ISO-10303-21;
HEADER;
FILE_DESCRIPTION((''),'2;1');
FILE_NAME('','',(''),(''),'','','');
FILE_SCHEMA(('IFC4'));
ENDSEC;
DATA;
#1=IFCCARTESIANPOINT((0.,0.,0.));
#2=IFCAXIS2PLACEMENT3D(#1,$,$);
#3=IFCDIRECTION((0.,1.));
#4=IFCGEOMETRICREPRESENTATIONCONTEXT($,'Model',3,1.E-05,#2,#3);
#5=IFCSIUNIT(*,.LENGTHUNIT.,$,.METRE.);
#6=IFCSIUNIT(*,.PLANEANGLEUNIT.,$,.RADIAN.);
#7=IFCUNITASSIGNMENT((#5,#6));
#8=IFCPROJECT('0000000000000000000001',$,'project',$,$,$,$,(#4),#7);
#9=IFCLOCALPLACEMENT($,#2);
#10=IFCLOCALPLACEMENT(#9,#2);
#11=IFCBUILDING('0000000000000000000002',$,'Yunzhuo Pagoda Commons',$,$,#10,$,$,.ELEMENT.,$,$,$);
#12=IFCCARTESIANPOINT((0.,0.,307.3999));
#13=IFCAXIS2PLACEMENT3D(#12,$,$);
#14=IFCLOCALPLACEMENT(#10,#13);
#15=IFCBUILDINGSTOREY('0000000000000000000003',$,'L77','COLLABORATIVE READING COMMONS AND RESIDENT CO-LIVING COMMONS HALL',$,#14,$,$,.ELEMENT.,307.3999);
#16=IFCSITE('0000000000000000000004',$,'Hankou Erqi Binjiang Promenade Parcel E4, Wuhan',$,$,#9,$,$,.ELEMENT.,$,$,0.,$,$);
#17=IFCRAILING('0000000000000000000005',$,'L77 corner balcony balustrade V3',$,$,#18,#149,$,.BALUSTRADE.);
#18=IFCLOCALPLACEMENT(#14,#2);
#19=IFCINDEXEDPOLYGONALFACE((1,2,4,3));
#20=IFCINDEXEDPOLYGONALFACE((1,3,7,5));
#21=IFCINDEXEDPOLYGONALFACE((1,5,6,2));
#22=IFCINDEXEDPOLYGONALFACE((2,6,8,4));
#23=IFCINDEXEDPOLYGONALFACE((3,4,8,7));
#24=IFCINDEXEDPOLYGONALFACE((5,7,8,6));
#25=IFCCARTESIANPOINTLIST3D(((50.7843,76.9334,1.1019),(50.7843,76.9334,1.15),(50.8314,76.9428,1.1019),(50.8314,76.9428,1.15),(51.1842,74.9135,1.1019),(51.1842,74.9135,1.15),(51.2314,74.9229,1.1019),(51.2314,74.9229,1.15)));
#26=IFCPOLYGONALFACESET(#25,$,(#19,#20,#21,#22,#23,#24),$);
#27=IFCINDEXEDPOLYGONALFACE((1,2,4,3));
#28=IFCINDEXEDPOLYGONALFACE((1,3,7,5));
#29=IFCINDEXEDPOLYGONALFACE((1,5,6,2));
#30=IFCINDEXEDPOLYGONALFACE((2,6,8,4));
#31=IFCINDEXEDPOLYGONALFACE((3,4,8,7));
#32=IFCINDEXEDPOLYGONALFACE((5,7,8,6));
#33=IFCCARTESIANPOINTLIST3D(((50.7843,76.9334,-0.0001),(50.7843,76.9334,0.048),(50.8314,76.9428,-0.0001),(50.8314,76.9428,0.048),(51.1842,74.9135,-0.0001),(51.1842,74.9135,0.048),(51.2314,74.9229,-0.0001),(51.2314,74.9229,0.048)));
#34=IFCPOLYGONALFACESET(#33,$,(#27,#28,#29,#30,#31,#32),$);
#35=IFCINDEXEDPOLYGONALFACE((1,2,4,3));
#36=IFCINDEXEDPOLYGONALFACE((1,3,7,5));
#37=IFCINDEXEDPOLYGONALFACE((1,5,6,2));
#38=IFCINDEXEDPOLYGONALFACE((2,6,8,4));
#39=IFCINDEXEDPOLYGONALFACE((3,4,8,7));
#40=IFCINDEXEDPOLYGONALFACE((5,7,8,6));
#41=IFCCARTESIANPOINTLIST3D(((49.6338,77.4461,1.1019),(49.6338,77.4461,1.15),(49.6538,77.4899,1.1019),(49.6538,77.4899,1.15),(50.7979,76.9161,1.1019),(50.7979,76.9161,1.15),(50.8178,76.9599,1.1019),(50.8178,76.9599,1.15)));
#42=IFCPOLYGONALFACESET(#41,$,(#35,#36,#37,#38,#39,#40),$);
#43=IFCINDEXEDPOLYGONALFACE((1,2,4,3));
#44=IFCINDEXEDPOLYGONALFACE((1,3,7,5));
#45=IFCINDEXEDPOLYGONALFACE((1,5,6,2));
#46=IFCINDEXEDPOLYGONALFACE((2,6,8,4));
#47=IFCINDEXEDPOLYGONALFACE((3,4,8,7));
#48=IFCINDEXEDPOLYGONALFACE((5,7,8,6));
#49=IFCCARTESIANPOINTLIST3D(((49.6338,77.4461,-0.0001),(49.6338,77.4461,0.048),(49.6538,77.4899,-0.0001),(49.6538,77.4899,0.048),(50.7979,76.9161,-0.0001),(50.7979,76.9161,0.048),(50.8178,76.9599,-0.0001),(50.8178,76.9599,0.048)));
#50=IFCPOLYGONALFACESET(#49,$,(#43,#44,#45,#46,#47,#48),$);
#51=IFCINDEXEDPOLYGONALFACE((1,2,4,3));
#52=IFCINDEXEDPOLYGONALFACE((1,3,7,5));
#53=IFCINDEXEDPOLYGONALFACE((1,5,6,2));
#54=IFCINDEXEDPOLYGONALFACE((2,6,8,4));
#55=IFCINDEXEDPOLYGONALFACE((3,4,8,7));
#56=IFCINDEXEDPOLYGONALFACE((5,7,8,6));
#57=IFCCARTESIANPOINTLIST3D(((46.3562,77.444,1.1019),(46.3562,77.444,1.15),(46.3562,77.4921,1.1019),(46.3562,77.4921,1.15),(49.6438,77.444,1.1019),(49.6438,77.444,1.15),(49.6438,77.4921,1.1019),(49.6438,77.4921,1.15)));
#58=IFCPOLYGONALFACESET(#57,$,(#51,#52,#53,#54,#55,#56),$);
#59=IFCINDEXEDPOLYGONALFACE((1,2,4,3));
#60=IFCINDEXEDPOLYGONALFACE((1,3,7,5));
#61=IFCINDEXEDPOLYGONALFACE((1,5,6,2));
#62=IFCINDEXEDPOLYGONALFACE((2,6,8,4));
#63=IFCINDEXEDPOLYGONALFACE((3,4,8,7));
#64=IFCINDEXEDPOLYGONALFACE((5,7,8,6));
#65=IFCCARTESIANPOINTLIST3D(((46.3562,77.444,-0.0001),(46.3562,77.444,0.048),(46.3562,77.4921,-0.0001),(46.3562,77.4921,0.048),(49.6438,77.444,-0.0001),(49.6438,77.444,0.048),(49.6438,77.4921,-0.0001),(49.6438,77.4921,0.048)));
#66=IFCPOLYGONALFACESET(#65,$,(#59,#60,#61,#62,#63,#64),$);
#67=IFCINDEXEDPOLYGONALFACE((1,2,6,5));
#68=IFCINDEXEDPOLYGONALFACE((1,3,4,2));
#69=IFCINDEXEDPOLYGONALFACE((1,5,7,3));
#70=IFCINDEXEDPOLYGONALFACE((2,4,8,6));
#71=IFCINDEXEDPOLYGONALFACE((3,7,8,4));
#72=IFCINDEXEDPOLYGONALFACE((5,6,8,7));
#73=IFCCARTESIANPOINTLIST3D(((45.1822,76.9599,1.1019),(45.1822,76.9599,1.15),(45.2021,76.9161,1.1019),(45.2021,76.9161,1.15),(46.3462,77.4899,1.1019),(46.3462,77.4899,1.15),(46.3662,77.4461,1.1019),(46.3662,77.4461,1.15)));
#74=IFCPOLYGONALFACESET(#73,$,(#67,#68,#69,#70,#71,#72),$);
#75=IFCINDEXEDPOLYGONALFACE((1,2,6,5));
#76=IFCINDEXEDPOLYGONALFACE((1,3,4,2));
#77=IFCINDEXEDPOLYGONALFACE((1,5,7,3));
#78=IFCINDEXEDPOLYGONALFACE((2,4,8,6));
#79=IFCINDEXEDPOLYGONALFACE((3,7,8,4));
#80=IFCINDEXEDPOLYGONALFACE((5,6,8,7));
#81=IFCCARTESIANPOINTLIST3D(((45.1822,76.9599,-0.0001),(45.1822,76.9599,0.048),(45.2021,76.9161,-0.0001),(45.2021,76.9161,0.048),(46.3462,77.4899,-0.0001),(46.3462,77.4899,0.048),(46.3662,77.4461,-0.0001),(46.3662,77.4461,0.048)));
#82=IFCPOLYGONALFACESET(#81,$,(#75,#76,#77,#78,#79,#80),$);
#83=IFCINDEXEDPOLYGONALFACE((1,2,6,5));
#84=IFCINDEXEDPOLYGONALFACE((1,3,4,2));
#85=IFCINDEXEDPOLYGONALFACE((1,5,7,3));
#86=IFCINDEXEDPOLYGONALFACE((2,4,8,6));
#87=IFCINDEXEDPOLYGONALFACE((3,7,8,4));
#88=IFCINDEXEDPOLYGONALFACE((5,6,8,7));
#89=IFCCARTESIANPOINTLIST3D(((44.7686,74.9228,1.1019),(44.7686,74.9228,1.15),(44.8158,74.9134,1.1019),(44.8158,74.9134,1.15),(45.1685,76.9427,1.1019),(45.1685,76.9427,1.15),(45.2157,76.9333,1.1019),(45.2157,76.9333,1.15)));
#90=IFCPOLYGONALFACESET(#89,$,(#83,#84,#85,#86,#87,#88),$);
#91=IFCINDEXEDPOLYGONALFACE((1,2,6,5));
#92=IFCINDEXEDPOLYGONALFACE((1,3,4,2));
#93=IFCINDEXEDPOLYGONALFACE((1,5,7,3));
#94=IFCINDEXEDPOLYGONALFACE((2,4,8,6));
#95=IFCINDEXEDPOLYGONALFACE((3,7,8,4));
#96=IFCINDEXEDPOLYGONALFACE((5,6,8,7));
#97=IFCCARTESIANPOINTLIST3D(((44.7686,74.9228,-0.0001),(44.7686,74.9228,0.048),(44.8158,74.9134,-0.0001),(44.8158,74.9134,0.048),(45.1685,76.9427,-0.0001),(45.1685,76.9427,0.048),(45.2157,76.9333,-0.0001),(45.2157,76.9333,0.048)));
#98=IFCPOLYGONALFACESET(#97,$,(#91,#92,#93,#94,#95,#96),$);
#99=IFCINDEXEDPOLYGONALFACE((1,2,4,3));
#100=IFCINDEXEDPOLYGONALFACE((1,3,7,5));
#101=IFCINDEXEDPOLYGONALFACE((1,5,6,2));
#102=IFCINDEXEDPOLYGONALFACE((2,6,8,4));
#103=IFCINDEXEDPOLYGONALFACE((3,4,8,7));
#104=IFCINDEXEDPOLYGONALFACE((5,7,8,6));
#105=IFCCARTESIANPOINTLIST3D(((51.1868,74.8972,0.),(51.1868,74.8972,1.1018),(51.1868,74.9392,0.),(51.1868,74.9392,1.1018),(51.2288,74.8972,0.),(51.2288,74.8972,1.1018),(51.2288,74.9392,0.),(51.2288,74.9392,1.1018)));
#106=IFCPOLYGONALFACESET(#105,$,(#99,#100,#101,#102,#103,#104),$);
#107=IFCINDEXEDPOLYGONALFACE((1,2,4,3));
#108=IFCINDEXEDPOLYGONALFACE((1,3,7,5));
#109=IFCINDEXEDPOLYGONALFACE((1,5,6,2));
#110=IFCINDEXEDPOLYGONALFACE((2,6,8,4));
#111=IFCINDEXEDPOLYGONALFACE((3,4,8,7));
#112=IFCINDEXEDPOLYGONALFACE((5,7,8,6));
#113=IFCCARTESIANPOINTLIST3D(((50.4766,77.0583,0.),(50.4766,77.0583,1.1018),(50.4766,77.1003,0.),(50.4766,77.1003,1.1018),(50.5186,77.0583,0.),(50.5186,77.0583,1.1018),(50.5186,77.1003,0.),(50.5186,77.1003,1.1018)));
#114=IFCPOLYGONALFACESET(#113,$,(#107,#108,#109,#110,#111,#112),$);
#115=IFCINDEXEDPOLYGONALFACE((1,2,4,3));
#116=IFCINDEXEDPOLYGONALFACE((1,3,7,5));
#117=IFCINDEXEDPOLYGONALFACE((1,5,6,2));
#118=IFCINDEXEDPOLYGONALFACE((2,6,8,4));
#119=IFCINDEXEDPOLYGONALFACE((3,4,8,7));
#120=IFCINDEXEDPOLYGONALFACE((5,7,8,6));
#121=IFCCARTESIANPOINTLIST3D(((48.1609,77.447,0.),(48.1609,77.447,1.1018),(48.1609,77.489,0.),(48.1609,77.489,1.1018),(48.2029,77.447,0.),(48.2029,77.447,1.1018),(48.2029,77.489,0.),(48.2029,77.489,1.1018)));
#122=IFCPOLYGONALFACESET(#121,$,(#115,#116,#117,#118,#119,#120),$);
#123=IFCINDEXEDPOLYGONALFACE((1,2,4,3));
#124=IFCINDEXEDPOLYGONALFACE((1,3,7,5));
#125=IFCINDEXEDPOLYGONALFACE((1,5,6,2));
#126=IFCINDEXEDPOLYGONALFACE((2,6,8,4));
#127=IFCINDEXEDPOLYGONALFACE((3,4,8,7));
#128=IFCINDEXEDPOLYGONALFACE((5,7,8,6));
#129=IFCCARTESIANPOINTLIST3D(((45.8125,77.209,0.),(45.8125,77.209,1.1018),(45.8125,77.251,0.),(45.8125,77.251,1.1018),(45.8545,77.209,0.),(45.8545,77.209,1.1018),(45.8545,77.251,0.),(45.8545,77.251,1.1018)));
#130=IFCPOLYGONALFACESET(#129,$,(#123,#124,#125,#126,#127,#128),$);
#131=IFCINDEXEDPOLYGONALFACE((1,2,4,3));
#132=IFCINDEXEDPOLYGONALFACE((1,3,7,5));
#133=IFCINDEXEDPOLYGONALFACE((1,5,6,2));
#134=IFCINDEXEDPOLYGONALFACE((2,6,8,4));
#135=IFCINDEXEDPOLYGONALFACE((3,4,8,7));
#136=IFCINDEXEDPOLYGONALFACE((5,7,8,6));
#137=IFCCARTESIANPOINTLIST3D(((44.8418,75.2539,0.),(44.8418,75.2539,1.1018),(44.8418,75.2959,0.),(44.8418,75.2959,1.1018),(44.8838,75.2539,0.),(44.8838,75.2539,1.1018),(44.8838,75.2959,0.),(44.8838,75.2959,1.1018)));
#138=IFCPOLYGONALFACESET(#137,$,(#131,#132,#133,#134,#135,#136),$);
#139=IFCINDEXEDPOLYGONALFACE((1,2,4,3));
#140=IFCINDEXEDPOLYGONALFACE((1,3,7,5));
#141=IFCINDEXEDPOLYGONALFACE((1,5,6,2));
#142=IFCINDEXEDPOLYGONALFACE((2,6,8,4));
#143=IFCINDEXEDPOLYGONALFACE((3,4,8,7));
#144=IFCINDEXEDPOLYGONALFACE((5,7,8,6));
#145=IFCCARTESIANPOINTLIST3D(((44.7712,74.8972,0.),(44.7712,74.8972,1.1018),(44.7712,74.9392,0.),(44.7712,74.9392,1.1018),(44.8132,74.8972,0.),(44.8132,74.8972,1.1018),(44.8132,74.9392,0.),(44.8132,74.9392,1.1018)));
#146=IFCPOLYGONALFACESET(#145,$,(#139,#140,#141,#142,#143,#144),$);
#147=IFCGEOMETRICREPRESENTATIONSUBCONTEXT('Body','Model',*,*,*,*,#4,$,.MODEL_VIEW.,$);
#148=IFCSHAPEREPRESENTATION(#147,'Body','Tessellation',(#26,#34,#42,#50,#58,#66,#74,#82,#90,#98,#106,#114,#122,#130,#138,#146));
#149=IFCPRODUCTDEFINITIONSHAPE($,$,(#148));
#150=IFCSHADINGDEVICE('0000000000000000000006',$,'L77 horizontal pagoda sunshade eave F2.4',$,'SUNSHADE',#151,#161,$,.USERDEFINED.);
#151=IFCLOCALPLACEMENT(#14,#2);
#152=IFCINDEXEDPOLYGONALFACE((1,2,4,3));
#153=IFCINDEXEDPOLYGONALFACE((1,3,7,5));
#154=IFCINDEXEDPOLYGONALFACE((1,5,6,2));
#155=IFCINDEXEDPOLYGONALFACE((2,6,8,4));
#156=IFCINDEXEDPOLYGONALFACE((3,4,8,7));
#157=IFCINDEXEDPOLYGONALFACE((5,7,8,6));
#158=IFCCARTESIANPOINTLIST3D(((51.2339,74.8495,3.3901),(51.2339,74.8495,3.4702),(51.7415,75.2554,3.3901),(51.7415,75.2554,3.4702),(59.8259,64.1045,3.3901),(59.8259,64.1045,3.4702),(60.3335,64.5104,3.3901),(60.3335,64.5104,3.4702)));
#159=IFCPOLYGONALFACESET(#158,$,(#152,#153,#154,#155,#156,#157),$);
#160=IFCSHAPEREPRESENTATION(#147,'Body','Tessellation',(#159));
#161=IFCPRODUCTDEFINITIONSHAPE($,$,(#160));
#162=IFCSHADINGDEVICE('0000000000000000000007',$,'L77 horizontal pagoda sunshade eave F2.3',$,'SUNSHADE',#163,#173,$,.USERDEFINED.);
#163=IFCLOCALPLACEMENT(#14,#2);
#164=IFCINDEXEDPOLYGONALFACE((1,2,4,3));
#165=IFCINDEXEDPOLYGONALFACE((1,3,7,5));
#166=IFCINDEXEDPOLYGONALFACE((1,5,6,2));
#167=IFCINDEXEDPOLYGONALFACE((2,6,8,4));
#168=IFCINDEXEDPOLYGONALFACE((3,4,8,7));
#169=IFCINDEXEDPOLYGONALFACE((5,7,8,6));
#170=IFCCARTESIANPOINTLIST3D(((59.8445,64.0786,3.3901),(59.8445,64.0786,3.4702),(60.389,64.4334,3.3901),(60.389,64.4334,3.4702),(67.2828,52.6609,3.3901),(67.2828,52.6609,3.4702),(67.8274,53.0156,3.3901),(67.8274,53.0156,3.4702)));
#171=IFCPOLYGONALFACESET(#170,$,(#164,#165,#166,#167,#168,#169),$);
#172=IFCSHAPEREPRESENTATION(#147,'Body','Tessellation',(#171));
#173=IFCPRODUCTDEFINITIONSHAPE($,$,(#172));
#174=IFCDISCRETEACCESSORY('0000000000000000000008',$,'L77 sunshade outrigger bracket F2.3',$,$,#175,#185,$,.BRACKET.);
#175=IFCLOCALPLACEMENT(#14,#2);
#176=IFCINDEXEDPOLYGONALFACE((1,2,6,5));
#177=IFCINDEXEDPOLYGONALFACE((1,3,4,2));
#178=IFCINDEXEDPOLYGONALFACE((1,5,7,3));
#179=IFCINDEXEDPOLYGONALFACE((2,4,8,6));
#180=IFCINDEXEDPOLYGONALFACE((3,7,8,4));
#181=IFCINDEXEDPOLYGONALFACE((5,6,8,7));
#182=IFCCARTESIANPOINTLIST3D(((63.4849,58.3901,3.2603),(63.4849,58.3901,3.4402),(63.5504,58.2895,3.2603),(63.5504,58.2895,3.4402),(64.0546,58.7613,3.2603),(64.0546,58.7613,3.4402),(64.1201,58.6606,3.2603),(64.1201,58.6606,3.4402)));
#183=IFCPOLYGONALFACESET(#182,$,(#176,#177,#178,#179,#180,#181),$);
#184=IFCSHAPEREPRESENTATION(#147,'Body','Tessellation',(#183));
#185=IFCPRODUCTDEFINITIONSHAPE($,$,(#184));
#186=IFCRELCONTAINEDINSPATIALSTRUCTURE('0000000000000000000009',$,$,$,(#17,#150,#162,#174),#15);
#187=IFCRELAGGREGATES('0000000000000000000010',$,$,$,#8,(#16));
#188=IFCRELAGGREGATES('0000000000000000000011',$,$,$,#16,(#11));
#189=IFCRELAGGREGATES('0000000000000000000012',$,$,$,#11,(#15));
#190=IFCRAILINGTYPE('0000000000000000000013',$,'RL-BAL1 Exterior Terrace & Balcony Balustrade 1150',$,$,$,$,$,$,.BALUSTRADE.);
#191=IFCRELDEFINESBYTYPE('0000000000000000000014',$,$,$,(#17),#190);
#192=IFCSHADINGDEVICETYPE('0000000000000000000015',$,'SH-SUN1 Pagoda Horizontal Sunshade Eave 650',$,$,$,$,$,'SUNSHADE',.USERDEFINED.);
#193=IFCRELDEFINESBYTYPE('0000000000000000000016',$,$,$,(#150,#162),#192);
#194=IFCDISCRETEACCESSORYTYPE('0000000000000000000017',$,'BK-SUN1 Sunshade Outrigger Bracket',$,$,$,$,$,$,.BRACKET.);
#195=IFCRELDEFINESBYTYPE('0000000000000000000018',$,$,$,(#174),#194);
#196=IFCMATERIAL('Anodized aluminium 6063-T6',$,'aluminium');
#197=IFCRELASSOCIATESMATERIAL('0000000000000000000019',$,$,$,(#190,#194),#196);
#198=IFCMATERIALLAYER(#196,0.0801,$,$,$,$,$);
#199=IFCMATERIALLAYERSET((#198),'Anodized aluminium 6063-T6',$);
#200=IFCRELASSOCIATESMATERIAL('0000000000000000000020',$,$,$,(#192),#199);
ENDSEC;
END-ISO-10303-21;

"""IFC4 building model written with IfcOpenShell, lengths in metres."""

from ifc_helpers import new_model, si_unit, direction, frame, origin, origin_2d, place, context, subcontext, project, spatial, rectangle, extrude, source, transform, mapped, material, layer, layer_set, type_object, element, save


model = new_model("IFC4")

# Units and contexts
model_context = context("Model", 3, precision=1e-05, world=origin(), true_north=direction((0.0, 1.0)))
body_context = subcontext(model_context, "Body", "Model", "MODEL_VIEW")
ifc_project = project(units=[si_unit("LENGTHUNIT", "METRE"), si_unit("PLANEANGLEUNIT", "RADIAN")], contexts=[model_context])

# Site, building, storey
site_placement = place(None, origin())
site = spatial("IfcSite", under=ifc_project, at=site_placement, Name="Hankou Erqi Binjiang Promenade Parcel E4, Wuhan", CompositionType="ELEMENT", RefElevation=0.0)
building_placement = place(site_placement, origin())
building = spatial("IfcBuilding", under=site, at=building_placement, Name="Yunzhuo Pagoda Commons", CompositionType="ELEMENT")
storey_placement = place(building_placement, frame((0.0, 0.0, 307.3999)))
storey = spatial("IfcBuildingStorey", under=building, at=storey_placement, Name="L77", Description="COLLABORATIVE READING COMMONS AND RESIDENT CO-LIVING COMMONS HALL", CompositionType="ELEMENT", Elevation=307.3999)

# Shared definitions
ifc_material_1 = material(Name="Anodized aluminium 6063-T6", Category="aluminium")

# Railing
railing_type = type_object("IfcRailingType", Name="RL-BAL1 Exterior Terrace & Balcony Balustrade 1150", PredefinedType="BALUSTRADE", material=ifc_material_1)
railing_placement = place(storey_placement, frame((51.2078, 74.9182, 0.0)))
element("IfcRailing", 1, at=railing_placement, inside=storey, type_object=railing_type, Name="L77 corner balcony balustrade V3", PredefinedType="BALUSTRADE", context=body_context, shape_type="SweptSolid", body=[
    extrude(rectangle(XDim=0.0481, YDim=0.0481, at=origin_2d()), frame((0.0, 0.0, 1.126), z_axis=(-0.194223, 0.980957, 0.0), x_axis=(-0.980957, -0.194223, 0.0)), (0.0, 0.0, 1.0), 2.0591),
    extrude(rectangle(XDim=0.0481, YDim=0.0481, at=origin_2d()), frame((0.0, 0.0, 0.0239), z_axis=(-0.194223, 0.980957, 0.0), x_axis=(-0.980957, -0.194223, 0.0)), (0.0, 0.0, 1.0), 2.0591),
    extrude(rectangle(XDim=0.0481, YDim=0.0481, at=origin_2d()), frame((-0.3999, 2.0198, 1.126), z_axis=(-0.910098, 0.414392, 0.0), x_axis=(-0.414392, -0.910098, 0.0)), (0.0, 0.0, 1.0), 1.2791),
    extrude(rectangle(XDim=0.0481, YDim=0.0481, at=origin_2d()), frame((-0.3999, 2.0198, 0.0239), z_axis=(-0.910098, 0.414392, 0.0), x_axis=(-0.414392, -0.910098, 0.0)), (0.0, 0.0, 1.0), 1.2791),
    extrude(rectangle(XDim=0.0481, YDim=0.0481, at=origin_2d()), frame((-1.564, 2.5498, 1.126), z_axis=(-1.0, 0.0, 0.0), x_axis=(0.0, -1.0, 0.0)), (0.0, 0.0, 1.0), 3.2876),
    extrude(rectangle(XDim=0.0481, YDim=0.0481, at=origin_2d()), frame((-1.564, 2.5498, 0.0239), z_axis=(-1.0, 0.0, 0.0), x_axis=(0.0, -1.0, 0.0)), (0.0, 0.0, 1.0), 3.2876),
    extrude(rectangle(XDim=0.0481, YDim=0.0481, at=origin_2d()), frame((-4.8516, 2.5498, 1.126), z_axis=(-0.910098, -0.414392, 0.0), x_axis=(0.414392, -0.910098, 0.0)), (0.0, 0.0, 1.0), 1.2791),
    extrude(rectangle(XDim=0.0481, YDim=0.0481, at=origin_2d()), frame((-4.8516, 2.5498, 0.0239), z_axis=(-0.910098, -0.414392, 0.0), x_axis=(0.414392, -0.910098, 0.0)), (0.0, 0.0, 1.0), 1.2791),
    extrude(rectangle(XDim=0.0481, YDim=0.0481, at=origin_2d()), frame((-6.0156, 2.0198, 1.126), z_axis=(-0.194223, -0.980957, 0.0), x_axis=(0.980957, -0.194223, 0.0)), (0.0, 0.0, 1.0), 2.0591),
    extrude(rectangle(XDim=0.0481, YDim=0.0481, at=origin_2d()), frame((-6.0156, 2.0198, 0.0239), z_axis=(-0.194223, -0.980957, 0.0), x_axis=(0.980957, -0.194223, 0.0)), (0.0, 0.0, 1.0), 2.0591),
    extrude(rectangle(XDim=0.042, YDim=0.042, at=origin_2d()), origin(), (0.0, 0.0, 1.0), 1.1018),
    extrude(rectangle(XDim=0.042, YDim=0.042, at=origin_2d()), frame((-0.7102, 2.1611, 0.0)), (0.0, 0.0, 1.0), 1.1018),
    extrude(rectangle(XDim=0.042, YDim=0.042, at=origin_2d()), frame((-3.0259, 2.5498, 0.0)), (0.0, 0.0, 1.0), 1.1018),
    extrude(rectangle(XDim=0.042, YDim=0.042, at=origin_2d()), frame((-5.3743, 2.3118, 0.0)), (0.0, 0.0, 1.0), 1.1018),
    extrude(rectangle(XDim=0.042, YDim=0.042, at=origin_2d()), frame((-6.345, 0.3567, 0.0)), (0.0, 0.0, 1.0), 1.1018),
    extrude(rectangle(XDim=0.042, YDim=0.042, at=origin_2d()), frame((-6.4155, 0.0, 0.0)), (0.0, 0.0, 1.0), 1.1018),
])

# Shading devices
ifc_layer_1 = layer(ifc_material_1, 0.0801)
ifc_layer_set_1 = layer_set([ifc_layer_1], Name="Anodized aluminium 6063-T6")
shading_device_type = type_object("IfcShadingDeviceType", Name="SH-SUN1 Pagoda Horizontal Sunshade Eave 650", ElementType="SUNSHADE", PredefinedType="USERDEFINED", material=ifc_layer_set_1)
shared_shape_1 = source(origin(), body_context, "Body", "SweptSolid", [
    extrude(rectangle(XDim=13.7578, YDim=0.6499, at=origin_2d()), origin(), (0.0, 0.0, 1.0), 0.0801),
])
shading_device_1_placement = place(storey_placement, frame((55.7837, 69.6799, 3.3901), z_axis=(0.0, 0.0, 1.0), x_axis=(-0.62452, 0.781008, 0.0)))
element("IfcShadingDevice", 2, at=shading_device_1_placement, inside=storey, type_object=shading_device_type, Name="L77 horizontal pagoda sunshade eave F2.4", ObjectType="SUNSHADE", PredefinedType="USERDEFINED", context=body_context, shape_type="MappedRepresentation", body=[
    mapped(shared_shape_1, transform((0.0, 0.0, 0.0), scale=1.0)),
])
shared_shape_2 = source(origin(), body_context, "Body", "SweptSolid", [
    extrude(rectangle(XDim=13.627, YDim=0.6499, at=origin_2d()), origin(), (0.0, 0.0, 1.0), 0.0801),
])
shading_device_2_placement = place(storey_placement, frame((63.8359, 58.5471, 3.3901), z_axis=(0.0, 0.0, 1.0), x_axis=(-0.545853, 0.837881, 0.0)))
element("IfcShadingDevice", 3, at=shading_device_2_placement, inside=storey, type_object=shading_device_type, Name="L77 horizontal pagoda sunshade eave F2.3", ObjectType="SUNSHADE", PredefinedType="USERDEFINED", context=body_context, shape_type="MappedRepresentation", body=[
    mapped(shared_shape_2, transform((0.0, 0.0, 0.0), scale=1.0)),
])

# Discrete accessory
discrete_accessory_type = type_object("IfcDiscreteAccessoryType", Name="BK-SUN1 Sunshade Outrigger Bracket", PredefinedType="BRACKET", material=ifc_material_1)
shared_shape_3 = source(origin(), body_context, "Body", "SweptSolid", [
    extrude(rectangle(XDim=0.1201, YDim=0.6799, at=origin_2d()), origin(), (0.0, 0.0, 1.0), 0.1799),
])
discrete_accessory_placement = place(storey_placement, frame((63.8025, 58.5254, 3.2603), z_axis=(0.0, 0.0, 1.0), x_axis=(-0.545853, 0.837881, 0.0)))
element("IfcDiscreteAccessory", 4, at=discrete_accessory_placement, inside=storey, type_object=discrete_accessory_type, Name="L77 sunshade outrigger bracket F2.3", PredefinedType="BRACKET", context=body_context, shape_type="MappedRepresentation", body=[
    mapped(shared_shape_3, transform((0.0, 0.0, 0.0), scale=1.0)),
])

save(model, "model.ifc")
